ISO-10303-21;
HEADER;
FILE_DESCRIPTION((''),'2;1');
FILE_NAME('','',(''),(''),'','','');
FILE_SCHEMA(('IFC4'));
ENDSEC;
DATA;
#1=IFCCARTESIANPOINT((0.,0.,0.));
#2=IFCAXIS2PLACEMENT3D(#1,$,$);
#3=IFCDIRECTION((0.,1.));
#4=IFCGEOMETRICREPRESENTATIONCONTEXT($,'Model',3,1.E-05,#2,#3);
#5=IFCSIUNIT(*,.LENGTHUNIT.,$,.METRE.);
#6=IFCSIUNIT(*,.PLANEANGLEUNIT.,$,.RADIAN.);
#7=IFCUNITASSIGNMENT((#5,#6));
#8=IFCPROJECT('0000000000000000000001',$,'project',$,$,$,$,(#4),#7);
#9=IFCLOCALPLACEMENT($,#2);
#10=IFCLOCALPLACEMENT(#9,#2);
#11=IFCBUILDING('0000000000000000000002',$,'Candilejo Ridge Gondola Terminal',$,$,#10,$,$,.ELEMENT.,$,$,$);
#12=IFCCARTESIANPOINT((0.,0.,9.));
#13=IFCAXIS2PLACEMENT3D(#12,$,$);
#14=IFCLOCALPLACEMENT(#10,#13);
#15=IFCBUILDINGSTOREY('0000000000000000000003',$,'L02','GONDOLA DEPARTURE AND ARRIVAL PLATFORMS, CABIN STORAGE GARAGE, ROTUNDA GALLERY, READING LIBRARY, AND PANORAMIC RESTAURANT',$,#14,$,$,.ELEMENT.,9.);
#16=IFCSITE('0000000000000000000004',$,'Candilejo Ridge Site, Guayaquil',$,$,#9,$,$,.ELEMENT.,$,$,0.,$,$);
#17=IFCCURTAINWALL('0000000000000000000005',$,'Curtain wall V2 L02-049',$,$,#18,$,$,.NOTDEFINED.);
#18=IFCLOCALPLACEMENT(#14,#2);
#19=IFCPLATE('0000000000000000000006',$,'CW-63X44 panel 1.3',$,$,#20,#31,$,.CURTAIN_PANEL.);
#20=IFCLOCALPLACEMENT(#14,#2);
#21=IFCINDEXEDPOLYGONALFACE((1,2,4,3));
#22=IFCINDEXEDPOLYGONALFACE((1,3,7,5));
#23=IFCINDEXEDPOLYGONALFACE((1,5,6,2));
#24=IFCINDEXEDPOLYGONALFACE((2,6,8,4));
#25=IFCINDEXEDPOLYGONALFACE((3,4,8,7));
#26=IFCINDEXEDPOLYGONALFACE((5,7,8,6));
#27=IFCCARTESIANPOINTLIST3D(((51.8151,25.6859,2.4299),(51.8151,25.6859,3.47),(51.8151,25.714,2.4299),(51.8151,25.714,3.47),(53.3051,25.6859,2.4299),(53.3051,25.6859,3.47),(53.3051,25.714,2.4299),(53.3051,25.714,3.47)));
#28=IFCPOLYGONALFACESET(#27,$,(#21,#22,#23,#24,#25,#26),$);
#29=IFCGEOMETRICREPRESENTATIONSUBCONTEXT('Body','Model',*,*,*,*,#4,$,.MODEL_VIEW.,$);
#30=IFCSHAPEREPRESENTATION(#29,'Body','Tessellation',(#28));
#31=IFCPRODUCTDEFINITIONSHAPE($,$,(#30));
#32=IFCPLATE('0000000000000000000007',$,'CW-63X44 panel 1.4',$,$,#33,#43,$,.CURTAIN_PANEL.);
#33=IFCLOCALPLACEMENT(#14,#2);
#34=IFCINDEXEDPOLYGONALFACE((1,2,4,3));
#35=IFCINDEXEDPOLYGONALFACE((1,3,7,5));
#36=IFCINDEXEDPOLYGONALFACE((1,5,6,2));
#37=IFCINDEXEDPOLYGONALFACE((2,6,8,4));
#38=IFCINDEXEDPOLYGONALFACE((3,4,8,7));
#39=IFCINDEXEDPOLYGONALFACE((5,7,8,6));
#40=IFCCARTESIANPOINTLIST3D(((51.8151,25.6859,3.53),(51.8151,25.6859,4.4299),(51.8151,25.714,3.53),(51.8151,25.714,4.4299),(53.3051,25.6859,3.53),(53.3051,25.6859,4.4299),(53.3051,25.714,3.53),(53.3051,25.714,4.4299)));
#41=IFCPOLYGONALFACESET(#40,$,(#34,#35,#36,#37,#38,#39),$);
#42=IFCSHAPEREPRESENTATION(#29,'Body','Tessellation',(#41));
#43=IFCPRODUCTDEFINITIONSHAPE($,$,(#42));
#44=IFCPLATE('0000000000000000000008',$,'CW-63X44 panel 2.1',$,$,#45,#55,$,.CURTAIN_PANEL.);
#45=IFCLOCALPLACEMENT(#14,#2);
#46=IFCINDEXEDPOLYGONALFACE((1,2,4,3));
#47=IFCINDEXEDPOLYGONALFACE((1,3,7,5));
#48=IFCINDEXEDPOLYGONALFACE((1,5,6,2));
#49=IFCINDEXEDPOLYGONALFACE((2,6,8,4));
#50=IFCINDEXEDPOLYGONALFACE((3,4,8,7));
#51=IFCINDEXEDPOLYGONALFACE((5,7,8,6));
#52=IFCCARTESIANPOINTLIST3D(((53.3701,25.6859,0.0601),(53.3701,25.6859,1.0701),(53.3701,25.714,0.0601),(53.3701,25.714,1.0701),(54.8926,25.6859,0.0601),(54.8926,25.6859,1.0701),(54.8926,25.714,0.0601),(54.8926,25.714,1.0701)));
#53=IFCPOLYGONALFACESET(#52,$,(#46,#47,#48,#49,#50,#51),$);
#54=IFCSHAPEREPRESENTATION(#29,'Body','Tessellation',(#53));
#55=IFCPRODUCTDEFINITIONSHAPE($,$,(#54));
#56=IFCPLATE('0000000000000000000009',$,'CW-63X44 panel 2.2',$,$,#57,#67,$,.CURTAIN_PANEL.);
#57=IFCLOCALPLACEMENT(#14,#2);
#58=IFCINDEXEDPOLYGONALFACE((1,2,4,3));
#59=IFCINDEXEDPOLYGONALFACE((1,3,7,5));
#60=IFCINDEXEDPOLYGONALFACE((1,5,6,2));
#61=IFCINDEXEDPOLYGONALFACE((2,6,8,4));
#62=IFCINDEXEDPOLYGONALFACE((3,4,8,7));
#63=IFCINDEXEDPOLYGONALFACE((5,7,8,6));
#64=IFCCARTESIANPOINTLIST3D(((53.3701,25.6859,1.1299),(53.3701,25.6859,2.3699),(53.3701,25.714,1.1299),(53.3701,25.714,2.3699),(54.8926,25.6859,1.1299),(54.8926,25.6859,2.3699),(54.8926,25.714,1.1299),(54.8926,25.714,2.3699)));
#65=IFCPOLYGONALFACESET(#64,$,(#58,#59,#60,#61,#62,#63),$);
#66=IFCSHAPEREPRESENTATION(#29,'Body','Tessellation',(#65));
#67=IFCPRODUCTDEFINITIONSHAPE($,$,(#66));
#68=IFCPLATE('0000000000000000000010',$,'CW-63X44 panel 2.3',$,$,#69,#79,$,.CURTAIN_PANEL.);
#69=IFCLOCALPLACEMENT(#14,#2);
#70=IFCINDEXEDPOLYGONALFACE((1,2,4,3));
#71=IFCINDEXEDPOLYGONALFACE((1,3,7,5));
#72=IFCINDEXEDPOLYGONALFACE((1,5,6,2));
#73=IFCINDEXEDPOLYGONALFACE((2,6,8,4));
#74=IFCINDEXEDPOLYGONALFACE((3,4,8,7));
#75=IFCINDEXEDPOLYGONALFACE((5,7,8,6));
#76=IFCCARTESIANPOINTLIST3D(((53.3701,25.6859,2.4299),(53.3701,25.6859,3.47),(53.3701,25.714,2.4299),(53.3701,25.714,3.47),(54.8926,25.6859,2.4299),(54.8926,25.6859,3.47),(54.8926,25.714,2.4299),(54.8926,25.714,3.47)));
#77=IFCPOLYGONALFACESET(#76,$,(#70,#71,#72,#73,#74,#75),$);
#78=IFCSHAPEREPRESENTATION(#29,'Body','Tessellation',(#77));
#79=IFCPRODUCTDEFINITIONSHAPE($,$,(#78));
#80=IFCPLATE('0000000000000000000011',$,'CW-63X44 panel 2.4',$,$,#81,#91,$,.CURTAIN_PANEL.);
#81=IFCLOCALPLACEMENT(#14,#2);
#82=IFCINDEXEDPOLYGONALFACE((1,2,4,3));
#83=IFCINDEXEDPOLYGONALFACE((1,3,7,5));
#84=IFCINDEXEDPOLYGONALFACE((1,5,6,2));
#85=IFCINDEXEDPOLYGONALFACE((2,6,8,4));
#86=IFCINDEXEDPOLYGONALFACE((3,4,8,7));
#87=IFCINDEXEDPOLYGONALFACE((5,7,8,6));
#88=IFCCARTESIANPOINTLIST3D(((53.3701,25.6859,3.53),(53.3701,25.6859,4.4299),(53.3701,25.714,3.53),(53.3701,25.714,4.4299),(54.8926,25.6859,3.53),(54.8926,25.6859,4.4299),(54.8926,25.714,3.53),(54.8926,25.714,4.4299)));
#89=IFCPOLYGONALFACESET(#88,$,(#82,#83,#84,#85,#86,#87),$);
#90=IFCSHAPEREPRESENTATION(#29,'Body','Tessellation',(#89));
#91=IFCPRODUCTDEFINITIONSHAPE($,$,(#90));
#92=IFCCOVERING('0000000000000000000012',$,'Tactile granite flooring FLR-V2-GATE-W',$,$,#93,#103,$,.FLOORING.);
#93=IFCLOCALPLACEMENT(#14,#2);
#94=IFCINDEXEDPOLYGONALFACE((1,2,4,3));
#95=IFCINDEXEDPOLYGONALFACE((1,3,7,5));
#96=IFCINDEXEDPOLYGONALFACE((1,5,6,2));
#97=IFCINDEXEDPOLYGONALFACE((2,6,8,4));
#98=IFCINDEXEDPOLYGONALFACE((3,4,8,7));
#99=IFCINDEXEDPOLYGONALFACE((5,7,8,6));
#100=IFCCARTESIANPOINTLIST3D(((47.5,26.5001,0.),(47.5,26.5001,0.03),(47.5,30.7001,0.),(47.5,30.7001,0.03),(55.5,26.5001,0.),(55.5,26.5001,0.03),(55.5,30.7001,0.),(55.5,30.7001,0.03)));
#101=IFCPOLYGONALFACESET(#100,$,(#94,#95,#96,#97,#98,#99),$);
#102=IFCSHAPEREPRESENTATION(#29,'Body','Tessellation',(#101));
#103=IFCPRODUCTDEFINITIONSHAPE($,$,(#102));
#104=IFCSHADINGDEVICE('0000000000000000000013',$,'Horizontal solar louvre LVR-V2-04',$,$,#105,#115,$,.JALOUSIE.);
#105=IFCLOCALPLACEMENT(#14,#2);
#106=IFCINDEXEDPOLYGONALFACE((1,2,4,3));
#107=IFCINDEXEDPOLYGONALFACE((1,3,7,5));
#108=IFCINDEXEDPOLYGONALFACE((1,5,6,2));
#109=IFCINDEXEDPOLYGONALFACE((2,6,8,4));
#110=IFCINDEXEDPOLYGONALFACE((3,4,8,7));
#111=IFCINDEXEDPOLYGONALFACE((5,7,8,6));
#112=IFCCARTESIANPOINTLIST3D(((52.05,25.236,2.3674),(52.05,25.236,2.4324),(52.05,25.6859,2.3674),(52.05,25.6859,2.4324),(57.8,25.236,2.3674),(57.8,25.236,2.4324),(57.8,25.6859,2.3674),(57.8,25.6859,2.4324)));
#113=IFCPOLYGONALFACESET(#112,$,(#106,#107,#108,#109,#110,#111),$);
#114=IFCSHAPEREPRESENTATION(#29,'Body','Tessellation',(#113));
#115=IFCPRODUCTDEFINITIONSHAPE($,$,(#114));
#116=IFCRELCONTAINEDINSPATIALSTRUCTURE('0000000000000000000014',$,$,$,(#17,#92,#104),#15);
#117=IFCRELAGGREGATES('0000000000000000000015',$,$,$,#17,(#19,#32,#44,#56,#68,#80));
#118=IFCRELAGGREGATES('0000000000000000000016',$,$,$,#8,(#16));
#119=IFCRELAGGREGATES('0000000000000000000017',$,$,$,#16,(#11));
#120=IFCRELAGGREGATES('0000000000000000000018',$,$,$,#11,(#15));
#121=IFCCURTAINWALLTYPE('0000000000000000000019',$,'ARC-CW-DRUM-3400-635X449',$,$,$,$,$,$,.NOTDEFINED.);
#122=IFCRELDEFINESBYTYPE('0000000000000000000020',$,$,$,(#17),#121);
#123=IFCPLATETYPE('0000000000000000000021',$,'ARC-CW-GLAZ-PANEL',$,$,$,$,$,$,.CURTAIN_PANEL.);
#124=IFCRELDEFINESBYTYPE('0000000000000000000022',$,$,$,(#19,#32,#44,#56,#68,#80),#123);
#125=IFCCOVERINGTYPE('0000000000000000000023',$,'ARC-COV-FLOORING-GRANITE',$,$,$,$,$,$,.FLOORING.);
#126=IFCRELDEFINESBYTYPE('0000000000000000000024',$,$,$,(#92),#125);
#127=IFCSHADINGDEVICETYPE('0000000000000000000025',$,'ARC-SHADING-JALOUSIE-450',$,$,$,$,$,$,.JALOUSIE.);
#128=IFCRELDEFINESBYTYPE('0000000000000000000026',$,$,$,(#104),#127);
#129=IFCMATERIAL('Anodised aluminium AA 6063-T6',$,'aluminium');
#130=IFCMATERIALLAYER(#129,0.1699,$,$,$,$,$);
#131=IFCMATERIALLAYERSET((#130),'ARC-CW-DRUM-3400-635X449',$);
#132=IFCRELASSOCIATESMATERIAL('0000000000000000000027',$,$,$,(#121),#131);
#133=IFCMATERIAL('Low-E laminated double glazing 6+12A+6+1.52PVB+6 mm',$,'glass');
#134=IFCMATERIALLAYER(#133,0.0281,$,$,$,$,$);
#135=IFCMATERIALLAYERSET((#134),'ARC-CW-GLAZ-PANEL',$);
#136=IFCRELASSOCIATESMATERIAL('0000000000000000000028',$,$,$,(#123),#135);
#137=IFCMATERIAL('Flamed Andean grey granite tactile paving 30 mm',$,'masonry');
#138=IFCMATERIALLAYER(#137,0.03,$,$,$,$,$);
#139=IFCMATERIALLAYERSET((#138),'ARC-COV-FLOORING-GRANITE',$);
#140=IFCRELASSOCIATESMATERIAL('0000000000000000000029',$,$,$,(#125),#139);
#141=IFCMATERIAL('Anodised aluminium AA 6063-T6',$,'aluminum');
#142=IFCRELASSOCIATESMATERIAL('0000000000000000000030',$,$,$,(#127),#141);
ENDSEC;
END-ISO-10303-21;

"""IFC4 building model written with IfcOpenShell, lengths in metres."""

from ifc_helpers import new_model, si_unit, direction, frame, origin, origin_2d, place, context, subcontext, project, spatial, rectangle, extrude, material, layer, layer_set, type_object, element, aggregate, save


model = new_model("IFC4")

# Units and contexts
model_context = context("Model", 3, precision=1e-05, world=origin(), true_north=direction((0.0, 1.0)))
body_context = subcontext(model_context, "Body", "Model", "MODEL_VIEW")
ifc_project = project(units=[si_unit("LENGTHUNIT", "METRE"), si_unit("PLANEANGLEUNIT", "RADIAN")], contexts=[model_context])

# Site, building, storey
site_placement = place(None, origin())
site = spatial("IfcSite", under=ifc_project, at=site_placement, Name="Candilejo Ridge Site, Guayaquil", CompositionType="ELEMENT", RefElevation=0.0)
building_placement = place(site_placement, origin())
building = spatial("IfcBuilding", under=site, at=building_placement, Name="Candilejo Ridge Gondola Terminal", CompositionType="ELEMENT")
storey_placement = place(building_placement, frame((0.0, 0.0, 9.0)))
storey = spatial("IfcBuildingStorey", under=building, at=storey_placement, Name="L02", Description="GONDOLA DEPARTURE AND ARRIVAL PLATFORMS, CABIN STORAGE GARAGE, ROTUNDA GALLERY, READING LIBRARY, AND PANORAMIC RESTAURANT", CompositionType="ELEMENT", Elevation=9.0)

# Shared definitions
ifc_material_1 = material(Name="Anodised aluminium AA 6063-T6", Category="aluminium")
ifc_layer_1 = layer(ifc_material_1, 0.1699)
ifc_layer_set_1 = layer_set([ifc_layer_1], Name="ARC-CW-DRUM-3400-635X449")
curtain_wall_type = type_object("IfcCurtainWallType", Name="ARC-CW-DRUM-3400-635X449", PredefinedType="NOTDEFINED", material=ifc_layer_set_1)

# Curtain wall
curtain_wall_1_placement = place(storey_placement, origin())
curtain_wall_1 = element("IfcCurtainWall", 1, at=curtain_wall_1_placement, inside=storey, type_object=curtain_wall_type, Name="Curtain wall V2 L02-049", PredefinedType="NOTDEFINED")

# Plates
ifc_material_2 = material(Name="Low-E laminated double glazing 6+12A+6+1.52PVB+6 mm", Category="glass")
ifc_layer_2 = layer(ifc_material_2, 0.0281)
ifc_layer_set_2 = layer_set([ifc_layer_2], Name="ARC-CW-GLAZ-PANEL")
plate_type = type_object("IfcPlateType", Name="ARC-CW-GLAZ-PANEL", PredefinedType="CURTAIN_PANEL", material=ifc_layer_set_2)
plate_1_placement = place(storey_placement, frame((52.5601, 25.7, 2.4299), z_axis=(0.0, 0.0, 1.0), x_axis=(1.0, 0.0, 0.0)))
plate_1 = element("IfcPlate", 2, at=plate_1_placement, type_object=plate_type, Name="CW-63X44 panel 1.3", PredefinedType="CURTAIN_PANEL", context=body_context, shape_type="SweptSolid", body=[
    extrude(rectangle(XDim=1.49, YDim=0.0281, at=origin_2d()), origin(), (0.0, 0.0, 1.0), 1.04),
])
plate_2_placement = place(storey_placement, frame((52.5601, 25.7, 3.53), z_axis=(0.0, 0.0, 1.0), x_axis=(1.0, 0.0, 0.0)))
plate_2 = element("IfcPlate", 3, at=plate_2_placement, type_object=plate_type, Name="CW-63X44 panel 1.4", PredefinedType="CURTAIN_PANEL", context=body_context, shape_type="SweptSolid", body=[
    extrude(rectangle(XDim=1.49, YDim=0.0281, at=origin_2d()), origin(), (0.0, 0.0, 1.0), 0.8999),
])
plate_3_placement = place(storey_placement, frame((54.1313, 25.7, 0.0601), z_axis=(0.0, 0.0, 1.0), x_axis=(1.0, 0.0, 0.0)))
plate_3 = element("IfcPlate", 4, at=plate_3_placement, type_object=plate_type, Name="CW-63X44 panel 2.1", PredefinedType="CURTAIN_PANEL", context=body_context, shape_type="SweptSolid", body=[
    extrude(rectangle(XDim=1.5225, YDim=0.0281, at=origin_2d()), origin(), (0.0, 0.0, 1.0), 1.01),
])
plate_4_placement = place(storey_placement, frame((54.1313, 25.7, 1.1299), z_axis=(0.0, 0.0, 1.0), x_axis=(1.0, 0.0, 0.0)))
plate_4 = element("IfcPlate", 5, at=plate_4_placement, type_object=plate_type, Name="CW-63X44 panel 2.2", PredefinedType="CURTAIN_PANEL", context=body_context, shape_type="SweptSolid", body=[
    extrude(rectangle(XDim=1.5225, YDim=0.0281, at=origin_2d()), origin(), (0.0, 0.0, 1.0), 1.24),
])
plate_5_placement = place(storey_placement, frame((54.1313, 25.7, 2.4299), z_axis=(0.0, 0.0, 1.0), x_axis=(1.0, 0.0, 0.0)))
plate_5 = element("IfcPlate", 6, at=plate_5_placement, type_object=plate_type, Name="CW-63X44 panel 2.3", PredefinedType="CURTAIN_PANEL", context=body_context, shape_type="SweptSolid", body=[
    extrude(rectangle(XDim=1.5225, YDim=0.0281, at=origin_2d()), origin(), (0.0, 0.0, 1.0), 1.04),
])
plate_6_placement = place(storey_placement, frame((54.1313, 25.7, 3.53), z_axis=(0.0, 0.0, 1.0), x_axis=(1.0, 0.0, 0.0)))
plate_6 = element("IfcPlate", 7, at=plate_6_placement, type_object=plate_type, Name="CW-63X44 panel 2.4", PredefinedType="CURTAIN_PANEL", context=body_context, shape_type="SweptSolid", body=[
    extrude(rectangle(XDim=1.5225, YDim=0.0281, at=origin_2d()), origin(), (0.0, 0.0, 1.0), 0.8999),
])
aggregate(curtain_wall_1, [plate_1, plate_2, plate_3, plate_4, plate_5, plate_6])

# Covering
ifc_material_3 = material(Name="Flamed Andean grey granite tactile paving 30 mm", Category="masonry")
ifc_layer_3 = layer(ifc_material_3, 0.03)
ifc_layer_set_3 = layer_set([ifc_layer_3], Name="ARC-COV-FLOORING-GRANITE")
covering_type = type_object("IfcCoveringType", Name="ARC-COV-FLOORING-GRANITE", PredefinedType="FLOORING", material=ifc_layer_set_3)
covering_placement = place(storey_placement, frame((51.5, 28.6001, 0.0), z_axis=(0.0, 0.0, 1.0), x_axis=(1.0, 0.0, 0.0)))
element("IfcCovering", 8, at=covering_placement, inside=storey, type_object=covering_type, Name="Tactile granite flooring FLR-V2-GATE-W", PredefinedType="FLOORING", context=body_context, shape_type="SweptSolid", body=[
    extrude(rectangle(XDim=8.0, YDim=4.2, at=origin_2d()), origin(), (0.0, 0.0, 1.0), 0.03),
])

# Shading device
ifc_material_4 = material(Name="Anodised aluminium AA 6063-T6", Category="aluminum")
shading_device_type = type_object("IfcShadingDeviceType", Name="ARC-SHADING-JALOUSIE-450", PredefinedType="JALOUSIE", material=ifc_material_4)
shading_device_placement = place(storey_placement, frame((54.925, 25.4609, 2.3674)))
element("IfcShadingDevice", 9, at=shading_device_placement, inside=storey, type_object=shading_device_type, Name="Horizontal solar louvre LVR-V2-04", PredefinedType="JALOUSIE", context=body_context, shape_type="SweptSolid", body=[
    extrude(rectangle(XDim=5.75, YDim=0.45, at=origin_2d()), origin(), (0.0, 0.0, 1.0), 0.0649),
])

save(model, "model.ifc")
